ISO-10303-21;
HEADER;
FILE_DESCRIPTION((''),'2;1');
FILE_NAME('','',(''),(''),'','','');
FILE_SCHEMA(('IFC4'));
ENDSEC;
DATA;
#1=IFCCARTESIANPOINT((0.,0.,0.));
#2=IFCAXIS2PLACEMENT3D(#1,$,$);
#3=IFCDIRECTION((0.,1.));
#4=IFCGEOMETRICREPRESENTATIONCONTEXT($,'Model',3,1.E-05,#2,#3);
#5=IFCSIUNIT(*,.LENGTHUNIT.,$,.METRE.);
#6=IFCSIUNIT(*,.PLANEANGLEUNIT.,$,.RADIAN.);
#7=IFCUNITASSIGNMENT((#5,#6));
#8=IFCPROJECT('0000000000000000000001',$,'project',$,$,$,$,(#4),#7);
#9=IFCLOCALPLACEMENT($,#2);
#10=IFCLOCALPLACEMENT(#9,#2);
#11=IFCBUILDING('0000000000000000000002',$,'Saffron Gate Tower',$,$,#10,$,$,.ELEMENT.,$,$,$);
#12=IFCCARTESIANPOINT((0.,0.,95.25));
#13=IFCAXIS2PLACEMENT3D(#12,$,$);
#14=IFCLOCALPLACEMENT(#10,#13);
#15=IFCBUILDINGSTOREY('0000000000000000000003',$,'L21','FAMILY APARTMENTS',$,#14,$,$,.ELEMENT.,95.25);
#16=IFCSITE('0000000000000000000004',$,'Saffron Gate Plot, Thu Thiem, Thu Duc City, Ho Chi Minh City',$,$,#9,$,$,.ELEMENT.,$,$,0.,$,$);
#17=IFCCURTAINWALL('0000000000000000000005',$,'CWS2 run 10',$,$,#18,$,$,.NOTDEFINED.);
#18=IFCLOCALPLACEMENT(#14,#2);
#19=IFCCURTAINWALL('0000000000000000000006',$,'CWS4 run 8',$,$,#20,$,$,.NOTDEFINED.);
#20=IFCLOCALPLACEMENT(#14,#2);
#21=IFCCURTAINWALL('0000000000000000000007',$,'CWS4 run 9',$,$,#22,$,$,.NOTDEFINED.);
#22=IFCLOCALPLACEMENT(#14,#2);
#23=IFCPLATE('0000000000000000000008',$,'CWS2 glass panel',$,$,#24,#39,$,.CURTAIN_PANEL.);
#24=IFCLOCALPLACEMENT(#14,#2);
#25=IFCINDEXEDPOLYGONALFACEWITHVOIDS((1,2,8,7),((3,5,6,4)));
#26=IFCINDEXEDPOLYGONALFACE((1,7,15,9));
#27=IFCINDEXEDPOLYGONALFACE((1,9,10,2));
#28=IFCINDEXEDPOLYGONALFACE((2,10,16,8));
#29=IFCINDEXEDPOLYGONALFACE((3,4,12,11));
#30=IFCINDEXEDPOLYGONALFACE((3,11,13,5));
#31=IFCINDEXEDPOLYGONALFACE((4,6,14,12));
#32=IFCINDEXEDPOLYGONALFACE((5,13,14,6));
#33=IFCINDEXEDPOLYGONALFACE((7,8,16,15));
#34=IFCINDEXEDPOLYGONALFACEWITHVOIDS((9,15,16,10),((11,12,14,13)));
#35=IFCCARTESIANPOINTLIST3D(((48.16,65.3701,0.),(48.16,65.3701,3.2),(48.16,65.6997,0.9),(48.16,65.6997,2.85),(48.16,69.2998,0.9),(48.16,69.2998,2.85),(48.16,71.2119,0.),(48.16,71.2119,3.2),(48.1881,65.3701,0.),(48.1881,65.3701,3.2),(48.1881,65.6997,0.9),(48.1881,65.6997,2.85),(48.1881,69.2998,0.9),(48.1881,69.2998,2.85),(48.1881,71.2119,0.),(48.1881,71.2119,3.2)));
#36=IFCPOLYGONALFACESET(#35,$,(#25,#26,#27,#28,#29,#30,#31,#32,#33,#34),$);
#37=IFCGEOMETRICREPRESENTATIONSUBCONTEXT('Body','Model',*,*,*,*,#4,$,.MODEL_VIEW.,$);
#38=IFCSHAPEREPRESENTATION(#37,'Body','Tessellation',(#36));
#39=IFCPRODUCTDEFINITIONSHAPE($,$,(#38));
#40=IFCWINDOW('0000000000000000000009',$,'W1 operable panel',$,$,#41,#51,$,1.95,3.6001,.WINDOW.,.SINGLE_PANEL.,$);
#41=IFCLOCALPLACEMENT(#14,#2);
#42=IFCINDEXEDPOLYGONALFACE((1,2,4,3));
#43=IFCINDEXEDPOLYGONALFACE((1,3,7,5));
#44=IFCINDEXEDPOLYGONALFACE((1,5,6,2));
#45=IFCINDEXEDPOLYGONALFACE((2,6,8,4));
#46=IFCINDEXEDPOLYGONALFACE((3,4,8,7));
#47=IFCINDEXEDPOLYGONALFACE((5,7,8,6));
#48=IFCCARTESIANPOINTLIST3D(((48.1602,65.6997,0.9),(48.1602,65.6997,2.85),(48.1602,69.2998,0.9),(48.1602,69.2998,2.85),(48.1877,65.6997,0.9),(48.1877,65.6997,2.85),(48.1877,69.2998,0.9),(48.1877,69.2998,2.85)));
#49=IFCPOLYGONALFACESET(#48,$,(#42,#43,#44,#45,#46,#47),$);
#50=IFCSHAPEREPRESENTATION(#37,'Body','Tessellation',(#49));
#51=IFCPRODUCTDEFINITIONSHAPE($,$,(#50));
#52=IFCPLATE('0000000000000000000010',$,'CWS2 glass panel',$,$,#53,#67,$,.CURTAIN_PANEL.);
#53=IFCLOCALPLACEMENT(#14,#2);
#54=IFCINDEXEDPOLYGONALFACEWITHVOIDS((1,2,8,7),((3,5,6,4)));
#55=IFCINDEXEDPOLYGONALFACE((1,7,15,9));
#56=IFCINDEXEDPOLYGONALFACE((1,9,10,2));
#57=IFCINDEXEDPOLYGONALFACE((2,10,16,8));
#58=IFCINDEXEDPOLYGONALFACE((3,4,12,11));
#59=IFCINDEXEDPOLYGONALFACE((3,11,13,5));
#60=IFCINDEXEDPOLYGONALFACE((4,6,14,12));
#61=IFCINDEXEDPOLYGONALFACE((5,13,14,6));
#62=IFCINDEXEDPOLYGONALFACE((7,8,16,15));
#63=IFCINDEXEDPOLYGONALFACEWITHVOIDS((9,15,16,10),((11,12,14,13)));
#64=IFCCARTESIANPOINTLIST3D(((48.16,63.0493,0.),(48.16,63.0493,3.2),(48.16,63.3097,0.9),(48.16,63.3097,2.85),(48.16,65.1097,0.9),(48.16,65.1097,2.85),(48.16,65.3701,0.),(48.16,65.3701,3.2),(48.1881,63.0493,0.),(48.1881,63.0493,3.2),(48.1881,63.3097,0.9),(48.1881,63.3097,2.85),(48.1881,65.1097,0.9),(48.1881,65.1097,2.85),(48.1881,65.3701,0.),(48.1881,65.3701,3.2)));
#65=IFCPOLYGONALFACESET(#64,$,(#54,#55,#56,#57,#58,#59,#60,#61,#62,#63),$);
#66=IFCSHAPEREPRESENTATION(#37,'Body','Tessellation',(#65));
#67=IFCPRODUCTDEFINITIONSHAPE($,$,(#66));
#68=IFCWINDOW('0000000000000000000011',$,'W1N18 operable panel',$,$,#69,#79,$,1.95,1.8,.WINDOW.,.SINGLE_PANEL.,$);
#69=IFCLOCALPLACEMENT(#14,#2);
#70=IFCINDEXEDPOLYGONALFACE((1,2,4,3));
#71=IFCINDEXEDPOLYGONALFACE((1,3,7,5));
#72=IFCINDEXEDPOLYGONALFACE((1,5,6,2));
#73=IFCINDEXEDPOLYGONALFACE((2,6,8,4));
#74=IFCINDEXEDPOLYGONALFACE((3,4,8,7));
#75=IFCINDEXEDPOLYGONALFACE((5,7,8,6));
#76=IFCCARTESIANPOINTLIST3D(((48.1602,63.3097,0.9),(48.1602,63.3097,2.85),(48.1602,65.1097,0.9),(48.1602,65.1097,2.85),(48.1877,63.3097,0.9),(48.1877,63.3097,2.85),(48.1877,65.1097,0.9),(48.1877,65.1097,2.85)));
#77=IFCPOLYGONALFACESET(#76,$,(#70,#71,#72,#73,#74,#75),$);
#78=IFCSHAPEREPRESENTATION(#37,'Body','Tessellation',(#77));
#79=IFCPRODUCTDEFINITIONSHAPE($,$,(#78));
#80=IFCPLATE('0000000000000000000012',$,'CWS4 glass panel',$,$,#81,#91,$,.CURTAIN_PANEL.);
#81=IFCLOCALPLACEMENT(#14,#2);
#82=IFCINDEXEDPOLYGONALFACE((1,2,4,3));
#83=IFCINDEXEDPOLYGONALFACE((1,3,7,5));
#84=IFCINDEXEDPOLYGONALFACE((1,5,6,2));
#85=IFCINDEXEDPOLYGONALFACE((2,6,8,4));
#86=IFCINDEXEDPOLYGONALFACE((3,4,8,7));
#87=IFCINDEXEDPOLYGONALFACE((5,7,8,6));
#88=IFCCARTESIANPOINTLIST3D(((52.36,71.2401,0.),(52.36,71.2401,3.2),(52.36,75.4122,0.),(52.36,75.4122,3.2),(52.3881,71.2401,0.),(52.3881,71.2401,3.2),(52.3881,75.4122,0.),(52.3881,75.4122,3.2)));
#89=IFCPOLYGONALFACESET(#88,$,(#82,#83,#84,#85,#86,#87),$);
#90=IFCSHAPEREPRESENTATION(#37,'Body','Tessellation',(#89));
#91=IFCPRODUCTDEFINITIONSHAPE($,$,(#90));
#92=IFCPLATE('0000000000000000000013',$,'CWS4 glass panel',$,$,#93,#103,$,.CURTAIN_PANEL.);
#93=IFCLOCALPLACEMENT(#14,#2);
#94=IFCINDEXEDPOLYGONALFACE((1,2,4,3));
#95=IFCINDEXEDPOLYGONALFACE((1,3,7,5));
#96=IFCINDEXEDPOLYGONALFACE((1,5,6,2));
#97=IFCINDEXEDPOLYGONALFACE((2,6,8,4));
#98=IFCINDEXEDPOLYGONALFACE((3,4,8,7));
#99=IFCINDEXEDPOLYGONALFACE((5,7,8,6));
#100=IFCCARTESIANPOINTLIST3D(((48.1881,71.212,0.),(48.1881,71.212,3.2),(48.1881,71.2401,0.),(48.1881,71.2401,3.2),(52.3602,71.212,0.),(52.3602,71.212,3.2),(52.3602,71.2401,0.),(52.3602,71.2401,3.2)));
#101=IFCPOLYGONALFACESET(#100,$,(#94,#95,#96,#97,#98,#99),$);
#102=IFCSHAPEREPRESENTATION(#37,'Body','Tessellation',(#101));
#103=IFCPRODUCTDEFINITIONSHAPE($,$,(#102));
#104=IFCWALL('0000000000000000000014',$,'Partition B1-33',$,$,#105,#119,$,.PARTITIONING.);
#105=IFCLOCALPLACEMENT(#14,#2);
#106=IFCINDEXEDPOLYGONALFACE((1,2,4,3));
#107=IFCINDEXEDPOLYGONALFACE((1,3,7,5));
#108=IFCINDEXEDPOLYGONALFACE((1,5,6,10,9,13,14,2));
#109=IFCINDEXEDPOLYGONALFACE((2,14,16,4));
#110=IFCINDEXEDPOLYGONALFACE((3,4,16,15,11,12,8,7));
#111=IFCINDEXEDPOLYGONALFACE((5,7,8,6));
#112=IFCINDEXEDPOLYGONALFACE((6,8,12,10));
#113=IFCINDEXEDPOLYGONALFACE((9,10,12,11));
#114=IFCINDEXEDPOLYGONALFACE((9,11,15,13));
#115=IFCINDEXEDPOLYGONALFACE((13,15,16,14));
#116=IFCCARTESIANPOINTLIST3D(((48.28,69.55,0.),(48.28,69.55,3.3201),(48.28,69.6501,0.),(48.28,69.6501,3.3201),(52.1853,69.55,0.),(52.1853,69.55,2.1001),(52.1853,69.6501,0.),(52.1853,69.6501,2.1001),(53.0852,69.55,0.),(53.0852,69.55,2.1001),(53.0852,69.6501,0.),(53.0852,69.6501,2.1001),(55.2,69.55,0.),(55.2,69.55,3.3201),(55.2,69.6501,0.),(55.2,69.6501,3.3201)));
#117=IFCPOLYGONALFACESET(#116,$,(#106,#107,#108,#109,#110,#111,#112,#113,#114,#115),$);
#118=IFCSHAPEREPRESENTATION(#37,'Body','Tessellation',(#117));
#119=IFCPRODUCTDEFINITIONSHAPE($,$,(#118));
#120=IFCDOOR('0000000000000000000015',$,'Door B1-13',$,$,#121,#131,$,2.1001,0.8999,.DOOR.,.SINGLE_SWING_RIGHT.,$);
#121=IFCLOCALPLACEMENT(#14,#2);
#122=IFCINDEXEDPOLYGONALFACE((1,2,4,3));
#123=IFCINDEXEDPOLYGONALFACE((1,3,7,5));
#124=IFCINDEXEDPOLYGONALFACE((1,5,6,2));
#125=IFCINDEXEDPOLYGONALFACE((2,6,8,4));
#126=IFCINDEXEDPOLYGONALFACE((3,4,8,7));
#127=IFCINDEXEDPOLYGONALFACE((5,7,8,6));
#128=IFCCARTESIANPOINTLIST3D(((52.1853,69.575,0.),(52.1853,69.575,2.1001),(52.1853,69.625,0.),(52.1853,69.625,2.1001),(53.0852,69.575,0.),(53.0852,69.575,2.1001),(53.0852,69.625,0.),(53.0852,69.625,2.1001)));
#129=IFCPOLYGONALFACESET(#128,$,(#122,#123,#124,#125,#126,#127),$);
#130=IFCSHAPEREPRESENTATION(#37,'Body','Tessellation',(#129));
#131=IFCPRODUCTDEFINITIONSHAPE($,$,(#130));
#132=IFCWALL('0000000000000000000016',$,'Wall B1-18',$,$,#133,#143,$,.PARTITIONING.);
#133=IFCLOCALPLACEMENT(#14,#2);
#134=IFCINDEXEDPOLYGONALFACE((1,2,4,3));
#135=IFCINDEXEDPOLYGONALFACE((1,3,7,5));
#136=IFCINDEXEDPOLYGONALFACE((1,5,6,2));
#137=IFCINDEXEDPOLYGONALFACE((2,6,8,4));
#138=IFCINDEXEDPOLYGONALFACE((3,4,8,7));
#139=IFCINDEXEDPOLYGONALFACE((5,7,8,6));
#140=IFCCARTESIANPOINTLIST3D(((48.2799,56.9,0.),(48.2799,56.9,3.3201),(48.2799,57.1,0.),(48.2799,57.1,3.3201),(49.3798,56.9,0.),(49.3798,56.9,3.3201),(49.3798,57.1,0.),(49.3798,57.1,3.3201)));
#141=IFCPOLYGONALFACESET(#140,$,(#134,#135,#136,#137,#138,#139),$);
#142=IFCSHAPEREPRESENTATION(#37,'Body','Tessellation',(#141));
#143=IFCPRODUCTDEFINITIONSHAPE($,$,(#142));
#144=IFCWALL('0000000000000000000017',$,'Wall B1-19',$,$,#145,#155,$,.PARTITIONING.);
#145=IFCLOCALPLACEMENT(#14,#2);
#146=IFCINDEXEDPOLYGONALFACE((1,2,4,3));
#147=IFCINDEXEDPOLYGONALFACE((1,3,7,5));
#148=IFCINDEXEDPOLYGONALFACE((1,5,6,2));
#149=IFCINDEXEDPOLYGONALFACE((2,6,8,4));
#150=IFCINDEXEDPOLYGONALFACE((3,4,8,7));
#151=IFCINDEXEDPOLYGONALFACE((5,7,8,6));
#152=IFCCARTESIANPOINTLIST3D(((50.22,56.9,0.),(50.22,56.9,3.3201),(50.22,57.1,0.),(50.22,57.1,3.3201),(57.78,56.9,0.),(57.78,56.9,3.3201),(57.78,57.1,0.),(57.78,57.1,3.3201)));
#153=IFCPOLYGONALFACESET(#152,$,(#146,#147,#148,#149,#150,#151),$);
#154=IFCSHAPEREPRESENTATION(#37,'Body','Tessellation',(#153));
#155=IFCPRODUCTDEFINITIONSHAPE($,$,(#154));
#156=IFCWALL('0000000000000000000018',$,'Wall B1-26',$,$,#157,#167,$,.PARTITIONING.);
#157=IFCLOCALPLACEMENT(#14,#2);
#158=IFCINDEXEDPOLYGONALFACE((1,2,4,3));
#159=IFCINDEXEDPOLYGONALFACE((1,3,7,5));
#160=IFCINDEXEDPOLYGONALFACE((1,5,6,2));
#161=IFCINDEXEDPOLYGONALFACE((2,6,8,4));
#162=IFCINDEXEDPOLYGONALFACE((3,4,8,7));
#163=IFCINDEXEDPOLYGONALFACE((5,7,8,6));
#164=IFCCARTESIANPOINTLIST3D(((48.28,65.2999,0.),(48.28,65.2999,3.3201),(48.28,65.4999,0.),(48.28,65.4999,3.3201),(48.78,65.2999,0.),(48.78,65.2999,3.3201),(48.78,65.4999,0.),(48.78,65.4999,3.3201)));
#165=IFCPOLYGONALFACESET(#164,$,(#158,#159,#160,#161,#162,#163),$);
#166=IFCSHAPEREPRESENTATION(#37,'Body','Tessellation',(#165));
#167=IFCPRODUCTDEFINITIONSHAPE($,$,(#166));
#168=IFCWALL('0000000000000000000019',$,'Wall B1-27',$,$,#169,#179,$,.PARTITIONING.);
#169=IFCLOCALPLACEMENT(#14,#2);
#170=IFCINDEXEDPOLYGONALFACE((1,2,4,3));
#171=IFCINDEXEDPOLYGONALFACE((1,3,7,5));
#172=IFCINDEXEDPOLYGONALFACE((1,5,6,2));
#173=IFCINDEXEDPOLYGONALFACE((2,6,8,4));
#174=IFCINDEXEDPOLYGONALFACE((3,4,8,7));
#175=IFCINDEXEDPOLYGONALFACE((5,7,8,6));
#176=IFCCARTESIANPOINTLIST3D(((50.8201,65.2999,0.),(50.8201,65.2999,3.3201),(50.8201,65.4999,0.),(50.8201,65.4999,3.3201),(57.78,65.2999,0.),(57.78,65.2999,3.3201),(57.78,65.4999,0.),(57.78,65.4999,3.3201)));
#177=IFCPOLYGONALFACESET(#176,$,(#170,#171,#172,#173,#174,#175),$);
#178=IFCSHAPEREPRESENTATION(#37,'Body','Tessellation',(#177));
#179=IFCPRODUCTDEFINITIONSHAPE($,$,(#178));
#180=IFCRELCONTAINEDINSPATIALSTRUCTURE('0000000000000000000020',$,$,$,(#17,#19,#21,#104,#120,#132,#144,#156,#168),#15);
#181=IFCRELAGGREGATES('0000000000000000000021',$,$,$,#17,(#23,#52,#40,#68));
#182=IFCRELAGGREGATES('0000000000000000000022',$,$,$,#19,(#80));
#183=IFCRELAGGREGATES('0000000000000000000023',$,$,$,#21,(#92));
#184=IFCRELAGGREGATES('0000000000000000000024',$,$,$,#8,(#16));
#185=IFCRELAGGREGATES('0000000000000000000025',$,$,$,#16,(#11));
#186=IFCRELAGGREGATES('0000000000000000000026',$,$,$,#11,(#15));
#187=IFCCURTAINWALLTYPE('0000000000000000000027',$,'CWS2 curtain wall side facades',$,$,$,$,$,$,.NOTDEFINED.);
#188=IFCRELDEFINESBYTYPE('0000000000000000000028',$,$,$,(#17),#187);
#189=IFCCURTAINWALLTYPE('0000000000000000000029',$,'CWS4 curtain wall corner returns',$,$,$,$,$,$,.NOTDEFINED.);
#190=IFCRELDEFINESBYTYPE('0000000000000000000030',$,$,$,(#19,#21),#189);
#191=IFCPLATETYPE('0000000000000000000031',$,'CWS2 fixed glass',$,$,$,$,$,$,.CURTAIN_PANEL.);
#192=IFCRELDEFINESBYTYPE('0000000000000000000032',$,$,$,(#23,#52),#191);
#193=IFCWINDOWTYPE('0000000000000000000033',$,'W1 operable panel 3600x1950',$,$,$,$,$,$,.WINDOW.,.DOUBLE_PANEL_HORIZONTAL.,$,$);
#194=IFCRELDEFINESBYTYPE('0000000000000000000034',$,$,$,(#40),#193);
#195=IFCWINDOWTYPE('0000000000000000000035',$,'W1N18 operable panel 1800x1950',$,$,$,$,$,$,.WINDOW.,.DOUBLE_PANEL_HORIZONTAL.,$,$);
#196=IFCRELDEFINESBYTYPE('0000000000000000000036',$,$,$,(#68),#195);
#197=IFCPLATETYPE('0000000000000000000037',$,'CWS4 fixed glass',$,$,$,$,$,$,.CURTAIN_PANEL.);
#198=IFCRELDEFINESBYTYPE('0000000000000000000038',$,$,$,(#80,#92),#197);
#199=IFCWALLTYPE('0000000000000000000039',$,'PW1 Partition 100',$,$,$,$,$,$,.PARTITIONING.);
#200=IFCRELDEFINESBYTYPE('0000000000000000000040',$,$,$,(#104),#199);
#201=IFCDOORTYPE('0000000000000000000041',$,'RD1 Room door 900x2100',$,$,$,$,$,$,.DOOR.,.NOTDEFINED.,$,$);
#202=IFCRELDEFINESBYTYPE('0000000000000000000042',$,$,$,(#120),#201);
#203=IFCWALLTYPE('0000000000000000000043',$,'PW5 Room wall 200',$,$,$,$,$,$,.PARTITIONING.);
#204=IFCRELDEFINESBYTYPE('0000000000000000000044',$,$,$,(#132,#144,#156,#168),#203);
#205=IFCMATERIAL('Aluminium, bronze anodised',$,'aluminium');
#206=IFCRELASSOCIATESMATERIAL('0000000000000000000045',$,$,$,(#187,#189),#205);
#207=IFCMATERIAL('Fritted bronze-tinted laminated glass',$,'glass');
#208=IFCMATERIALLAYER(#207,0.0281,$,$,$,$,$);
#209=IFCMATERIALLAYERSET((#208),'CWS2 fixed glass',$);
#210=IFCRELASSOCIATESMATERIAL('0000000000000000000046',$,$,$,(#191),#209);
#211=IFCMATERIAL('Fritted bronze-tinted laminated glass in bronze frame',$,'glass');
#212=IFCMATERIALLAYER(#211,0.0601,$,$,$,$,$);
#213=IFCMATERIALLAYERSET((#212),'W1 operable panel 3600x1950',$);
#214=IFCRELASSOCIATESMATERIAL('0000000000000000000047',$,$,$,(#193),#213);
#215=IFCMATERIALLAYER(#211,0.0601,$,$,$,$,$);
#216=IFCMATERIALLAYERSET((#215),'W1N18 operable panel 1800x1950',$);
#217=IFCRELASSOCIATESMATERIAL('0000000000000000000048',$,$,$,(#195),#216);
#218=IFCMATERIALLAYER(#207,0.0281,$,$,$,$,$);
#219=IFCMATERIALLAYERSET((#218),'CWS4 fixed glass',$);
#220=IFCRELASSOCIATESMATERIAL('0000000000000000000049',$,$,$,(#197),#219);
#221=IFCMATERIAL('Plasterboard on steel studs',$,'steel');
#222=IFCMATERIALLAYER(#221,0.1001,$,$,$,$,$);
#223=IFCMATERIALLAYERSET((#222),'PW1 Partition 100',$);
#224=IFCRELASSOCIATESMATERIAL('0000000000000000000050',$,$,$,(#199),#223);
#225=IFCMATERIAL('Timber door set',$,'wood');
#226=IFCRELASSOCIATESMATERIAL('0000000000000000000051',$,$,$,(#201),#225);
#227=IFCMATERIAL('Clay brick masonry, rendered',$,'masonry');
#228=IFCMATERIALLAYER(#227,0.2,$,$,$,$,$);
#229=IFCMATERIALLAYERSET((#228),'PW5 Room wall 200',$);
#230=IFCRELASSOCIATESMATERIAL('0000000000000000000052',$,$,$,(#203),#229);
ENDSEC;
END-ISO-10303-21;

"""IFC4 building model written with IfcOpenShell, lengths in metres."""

from ifc_helpers import new_model, si_unit, direction, frame, frame_2d, origin, place, context, subcontext, project, spatial, rectangle, extrude, material, layer, layer_set, type_object, element, fill, aggregate, save


model = new_model("IFC4")

# Units and contexts
model_context = context("Model", 3, precision=1e-05, world=origin(), true_north=direction((0.0, 1.0)))
body_context = subcontext(model_context, "Body", "Model", "MODEL_VIEW")
ifc_project = project(units=[si_unit("LENGTHUNIT", "METRE"), si_unit("PLANEANGLEUNIT", "RADIAN")], contexts=[model_context])

# Site, building, storey
site_placement = place(None, origin())
site = spatial("IfcSite", under=ifc_project, at=site_placement, Name="Saffron Gate Plot, Thu Thiem, Thu Duc City, Ho Chi Minh City", CompositionType="ELEMENT", RefElevation=0.0)
building_placement = place(site_placement, origin())
building = spatial("IfcBuilding", under=site, at=building_placement, Name="Saffron Gate Tower", CompositionType="ELEMENT")
storey_placement = place(building_placement, frame((0.0, 0.0, 95.25)))
storey = spatial("IfcBuildingStorey", under=building, at=storey_placement, Name="L21", Description="FAMILY APARTMENTS", CompositionType="ELEMENT", Elevation=95.25)

# Curtain wall
ifc_material_1 = material(Name="Aluminium, bronze anodised", Category="aluminium")
curtain_wall_type_1 = type_object("IfcCurtainWallType", Name="CWS2 curtain wall side facades", PredefinedType="NOTDEFINED", material=ifc_material_1)
curtain_wall_1_placement = place(storey_placement, origin())
curtain_wall_1 = element("IfcCurtainWall", 1, at=curtain_wall_1_placement, inside=storey, type_object=curtain_wall_type_1, Name="CWS2 run 10", PredefinedType="NOTDEFINED")

# Curtain walls
curtain_wall_type_2 = type_object("IfcCurtainWallType", Name="CWS4 curtain wall corner returns", PredefinedType="NOTDEFINED", material=ifc_material_1)
curtain_wall_2_placement = place(storey_placement, origin())
curtain_wall_2 = element("IfcCurtainWall", 2, at=curtain_wall_2_placement, inside=storey, type_object=curtain_wall_type_2, Name="CWS4 run 8", PredefinedType="NOTDEFINED")
curtain_wall_3_placement = place(storey_placement, origin())
curtain_wall_3 = element("IfcCurtainWall", 3, at=curtain_wall_3_placement, inside=storey, type_object=curtain_wall_type_2, Name="CWS4 run 9", PredefinedType="NOTDEFINED")

# Plates, openings, windows
ifc_material_2 = material(Name="Fritted bronze-tinted laminated glass", Category="glass")
ifc_layer_1 = layer(ifc_material_2, 0.0281)
ifc_layer_set_1 = layer_set([ifc_layer_1], Name="CWS2 fixed glass")
plate_type_1 = type_object("IfcPlateType", Name="CWS2 fixed glass", PredefinedType="CURTAIN_PANEL", material=ifc_layer_set_1)
plate_1_placement = place(storey_placement, frame((48.1741, 71.2119, 0.0), z_axis=(0.0, 0.0, 1.0), x_axis=(0.0, -1.0, 0.0)))
plate_1 = element("IfcPlate", 4, at=plate_1_placement, type_object=plate_type_1, Name="CWS2 glass panel", PredefinedType="CURTAIN_PANEL", context=body_context, shape_type="SweptSolid", body=[
    extrude(rectangle(XDim=5.8418, YDim=0.0281, at=frame_2d((2.9209, 0.0))), origin(), (0.0, 0.0, 1.0), 3.2),
])
opening_1_placement = place(plate_1_placement, frame((1.9121, 0.0, 0.8999)))
opening_1 = element("IfcOpeningElement", 5, at=opening_1_placement, cuts=plate_1, PredefinedType="OPENING", context=body_context, shape_type="SweptSolid", body=[
    extrude(rectangle(XDim=3.6001, YDim=1.95, at=frame_2d((1.8, 0.9751))), frame((0.0, 0.0239, 0.0), z_axis=(0.0, -1.0, 0.0), x_axis=(1.0, 0.0, 0.0)), (0.0, 0.0, 1.0), 0.0481),
])
ifc_material_3 = material(Name="Fritted bronze-tinted laminated glass in bronze frame", Category="glass")
ifc_layer_2 = layer(ifc_material_3, 0.0601)
ifc_layer_set_2 = layer_set([ifc_layer_2], Name="W1 operable panel 3600x1950")
window_type_1 = type_object("IfcWindowType", Name="W1 operable panel 3600x1950", PartitioningType="DOUBLE_PANEL_HORIZONTAL", PredefinedType="WINDOW", material=ifc_layer_set_2)
window_1_placement = place(opening_1_placement, origin())
window_1 = element("IfcWindow", 6, at=window_1_placement, type_object=window_type_1, Name="W1 operable panel", OverallHeight=1.95, OverallWidth=3.6001, PartitioningType="SINGLE_PANEL", PredefinedType="WINDOW", context=body_context, shape_type="SweptSolid", body=[
    extrude(rectangle(XDim=3.6001, YDim=1.95, at=frame_2d((1.8, 0.9751))), frame((0.0, 0.0137, 0.0), z_axis=(0.0, -1.0, 0.0), x_axis=(1.0, 0.0, 0.0)), (0.0, 0.0, 1.0), 0.0276),
])
fill(opening_1, window_1)
plate_2_placement = place(storey_placement, frame((48.1741, 65.3701, 0.0), z_axis=(0.0, 0.0, 1.0), x_axis=(0.0, -1.0, 0.0)))
plate_2 = element("IfcPlate", 7, at=plate_2_placement, type_object=plate_type_1, Name="CWS2 glass panel", PredefinedType="CURTAIN_PANEL", context=body_context, shape_type="SweptSolid", body=[
    extrude(rectangle(XDim=2.3208, YDim=0.0281, at=frame_2d((1.1604, 0.0))), origin(), (0.0, 0.0, 1.0), 3.2),
])
opening_2_placement = place(plate_2_placement, frame((0.2605, 0.0, 0.8999)))
opening_2 = element("IfcOpeningElement", 8, at=opening_2_placement, cuts=plate_2, PredefinedType="OPENING", context=body_context, shape_type="SweptSolid", body=[
    extrude(rectangle(XDim=1.8, YDim=1.95, at=frame_2d((0.8999, 0.9751))), frame((0.0, 0.0239, 0.0), z_axis=(0.0, -1.0, 0.0), x_axis=(1.0, 0.0, 0.0)), (0.0, 0.0, 1.0), 0.0481),
])
ifc_layer_3 = layer(ifc_material_3, 0.0601)
ifc_layer_set_3 = layer_set([ifc_layer_3], Name="W1N18 operable panel 1800x1950")
window_type_2 = type_object("IfcWindowType", Name="W1N18 operable panel 1800x1950", PartitioningType="DOUBLE_PANEL_HORIZONTAL", PredefinedType="WINDOW", material=ifc_layer_set_3)
window_2_placement = place(opening_2_placement, origin())
window_2 = element("IfcWindow", 9, at=window_2_placement, type_object=window_type_2, Name="W1N18 operable panel", OverallHeight=1.95, OverallWidth=1.8, PartitioningType="SINGLE_PANEL", PredefinedType="WINDOW", context=body_context, shape_type="SweptSolid", body=[
    extrude(rectangle(XDim=1.8, YDim=1.95, at=frame_2d((0.8999, 0.9751))), frame((0.0, 0.0137, 0.0), z_axis=(0.0, -1.0, 0.0), x_axis=(1.0, 0.0, 0.0)), (0.0, 0.0, 1.0), 0.0276),
])
fill(opening_2, window_2)
aggregate(curtain_wall_1, [plate_1, plate_2, window_1, window_2])

# Plates
ifc_layer_4 = layer(ifc_material_2, 0.0281)
ifc_layer_set_4 = layer_set([ifc_layer_4], Name="CWS4 fixed glass")
plate_type_2 = type_object("IfcPlateType", Name="CWS4 fixed glass", PredefinedType="CURTAIN_PANEL", material=ifc_layer_set_4)
plate_3_placement = place(storey_placement, frame((52.374, 75.4121, 0.0), z_axis=(0.0, 0.0, 1.0), x_axis=(0.0, -1.0, 0.0)))
plate_3 = element("IfcPlate", 10, at=plate_3_placement, type_object=plate_type_2, Name="CWS4 glass panel", PredefinedType="CURTAIN_PANEL", context=body_context, shape_type="SweptSolid", body=[
    extrude(rectangle(XDim=4.1721, YDim=0.0281, at=frame_2d((2.0859, 0.0))), origin(), (0.0, 0.0, 1.0), 3.2),
])
aggregate(curtain_wall_2, [plate_3])
plate_4_placement = place(storey_placement, frame((52.3601, 71.2261, 0.0), z_axis=(0.0, 0.0, 1.0), x_axis=(-1.0, 0.0, 0.0)))
plate_4 = element("IfcPlate", 11, at=plate_4_placement, type_object=plate_type_2, Name="CWS4 glass panel", PredefinedType="CURTAIN_PANEL", context=body_context, shape_type="SweptSolid", body=[
    extrude(rectangle(XDim=4.1721, YDim=0.0281, at=frame_2d((2.0859, 0.0))), origin(), (0.0, 0.0, 1.0), 3.2),
])
aggregate(curtain_wall_3, [plate_4])

# Wall, opening, door
ifc_material_4 = material(Name="Plasterboard on steel studs", Category="steel")
ifc_layer_5 = layer(ifc_material_4, 0.1001)
ifc_layer_set_5 = layer_set([ifc_layer_5], Name="PW1 Partition 100")
wall_type_1 = type_object("IfcWallType", Name="PW1 Partition 100", PredefinedType="PARTITIONING", material=ifc_layer_set_5)
wall_1_placement = place(storey_placement, frame((48.28, 69.6001, 0.0), z_axis=(0.0, 0.0, 1.0), x_axis=(1.0, 0.0, 0.0)))
wall_1 = element("IfcWall", 12, at=wall_1_placement, inside=storey, type_object=wall_type_1, Name="Partition B1-33", PredefinedType="PARTITIONING", context=body_context, shape_type="SweptSolid", body=[
    extrude(rectangle(XDim=6.9199, YDim=0.1001, at=frame_2d((3.46, 0.0))), origin(), (0.0, 0.0, 1.0), 3.3201),
])
opening_3_placement = place(wall_1_placement, frame((3.9053, 0.0, 0.0)))
opening_3 = element("IfcOpeningElement", 13, at=opening_3_placement, cuts=wall_1, PredefinedType="OPENING", context=body_context, shape_type="SweptSolid", body=[
    extrude(rectangle(XDim=0.8999, YDim=2.1001, at=frame_2d((0.45, 1.05))), frame((0.0, 0.0601, 0.0), z_axis=(0.0, -1.0, 0.0), x_axis=(1.0, 0.0, 0.0)), (0.0, 0.0, 1.0), 0.1201),
])
ifc_material_5 = material(Name="Timber door set", Category="wood")
door_type = type_object("IfcDoorType", Name="RD1 Room door 900x2100", OperationType="NOTDEFINED", PredefinedType="DOOR", material=ifc_material_5)
door_placement = place(opening_3_placement, origin())
door = element("IfcDoor", 14, at=door_placement, inside=storey, type_object=door_type, Name="Door B1-13", OperationType="SINGLE_SWING_RIGHT", OverallHeight=2.1001, OverallWidth=0.8999, PredefinedType="DOOR", context=body_context, shape_type="SweptSolid", body=[
    extrude(rectangle(XDim=0.8999, YDim=2.1001, at=frame_2d((0.45, 1.05))), frame((0.0, 0.0249, 0.0), z_axis=(0.0, -1.0, 0.0), x_axis=(1.0, 0.0, 0.0)), (0.0, 0.0, 1.0), 0.05),
])
fill(opening_3, door)

# Walls
ifc_material_6 = material(Name="Clay brick masonry, rendered", Category="masonry")
ifc_layer_6 = layer(ifc_material_6, 0.2)
ifc_layer_set_6 = layer_set([ifc_layer_6], Name="PW5 Room wall 200")
wall_type_2 = type_object("IfcWallType", Name="PW5 Room wall 200", PredefinedType="PARTITIONING", material=ifc_layer_set_6)
wall_2_placement = place(storey_placement, frame((48.28, 57.0, 0.0), z_axis=(0.0, 0.0, 1.0), x_axis=(1.0, 0.0, 0.0)))
element("IfcWall", 15, at=wall_2_placement, inside=storey, type_object=wall_type_2, Name="Wall B1-18", PredefinedType="PARTITIONING", context=body_context, shape_type="SweptSolid", body=[
    extrude(rectangle(XDim=1.0999, YDim=0.2, at=frame_2d((0.5498, 0.0))), origin(), (0.0, 0.0, 1.0), 3.3201),
])
wall_3_placement = place(storey_placement, frame((50.22, 57.0, 0.0), z_axis=(0.0, 0.0, 1.0), x_axis=(1.0, 0.0, 0.0)))
element("IfcWall", 16, at=wall_3_placement, inside=storey, type_object=wall_type_2, Name="Wall B1-19", PredefinedType="PARTITIONING", context=body_context, shape_type="SweptSolid", body=[
    extrude(rectangle(XDim=7.5601, YDim=0.2, at=frame_2d((3.78, 0.0))), origin(), (0.0, 0.0, 1.0), 3.3201),
])
wall_4_placement = place(storey_placement, frame((48.28, 65.3999, 0.0), z_axis=(0.0, 0.0, 1.0), x_axis=(1.0, 0.0, 0.0)))
element("IfcWall", 17, at=wall_4_placement, inside=storey, type_object=wall_type_2, Name="Wall B1-26", PredefinedType="PARTITIONING", context=body_context, shape_type="SweptSolid", body=[
    extrude(rectangle(XDim=0.5, YDim=0.2, at=frame_2d((0.25, 0.0))), origin(), (0.0, 0.0, 1.0), 3.3201),
])
wall_5_placement = place(storey_placement, frame((50.8201, 65.3999, 0.0), z_axis=(0.0, 0.0, 1.0), x_axis=(1.0, 0.0, 0.0)))
element("IfcWall", 18, at=wall_5_placement, inside=storey, type_object=wall_type_2, Name="Wall B1-27", PredefinedType="PARTITIONING", context=body_context, shape_type="SweptSolid", body=[
    extrude(rectangle(XDim=6.96, YDim=0.2, at=frame_2d((3.48, 0.0))), origin(), (0.0, 0.0, 1.0), 3.3201),
])

save(model, "model.ifc")
